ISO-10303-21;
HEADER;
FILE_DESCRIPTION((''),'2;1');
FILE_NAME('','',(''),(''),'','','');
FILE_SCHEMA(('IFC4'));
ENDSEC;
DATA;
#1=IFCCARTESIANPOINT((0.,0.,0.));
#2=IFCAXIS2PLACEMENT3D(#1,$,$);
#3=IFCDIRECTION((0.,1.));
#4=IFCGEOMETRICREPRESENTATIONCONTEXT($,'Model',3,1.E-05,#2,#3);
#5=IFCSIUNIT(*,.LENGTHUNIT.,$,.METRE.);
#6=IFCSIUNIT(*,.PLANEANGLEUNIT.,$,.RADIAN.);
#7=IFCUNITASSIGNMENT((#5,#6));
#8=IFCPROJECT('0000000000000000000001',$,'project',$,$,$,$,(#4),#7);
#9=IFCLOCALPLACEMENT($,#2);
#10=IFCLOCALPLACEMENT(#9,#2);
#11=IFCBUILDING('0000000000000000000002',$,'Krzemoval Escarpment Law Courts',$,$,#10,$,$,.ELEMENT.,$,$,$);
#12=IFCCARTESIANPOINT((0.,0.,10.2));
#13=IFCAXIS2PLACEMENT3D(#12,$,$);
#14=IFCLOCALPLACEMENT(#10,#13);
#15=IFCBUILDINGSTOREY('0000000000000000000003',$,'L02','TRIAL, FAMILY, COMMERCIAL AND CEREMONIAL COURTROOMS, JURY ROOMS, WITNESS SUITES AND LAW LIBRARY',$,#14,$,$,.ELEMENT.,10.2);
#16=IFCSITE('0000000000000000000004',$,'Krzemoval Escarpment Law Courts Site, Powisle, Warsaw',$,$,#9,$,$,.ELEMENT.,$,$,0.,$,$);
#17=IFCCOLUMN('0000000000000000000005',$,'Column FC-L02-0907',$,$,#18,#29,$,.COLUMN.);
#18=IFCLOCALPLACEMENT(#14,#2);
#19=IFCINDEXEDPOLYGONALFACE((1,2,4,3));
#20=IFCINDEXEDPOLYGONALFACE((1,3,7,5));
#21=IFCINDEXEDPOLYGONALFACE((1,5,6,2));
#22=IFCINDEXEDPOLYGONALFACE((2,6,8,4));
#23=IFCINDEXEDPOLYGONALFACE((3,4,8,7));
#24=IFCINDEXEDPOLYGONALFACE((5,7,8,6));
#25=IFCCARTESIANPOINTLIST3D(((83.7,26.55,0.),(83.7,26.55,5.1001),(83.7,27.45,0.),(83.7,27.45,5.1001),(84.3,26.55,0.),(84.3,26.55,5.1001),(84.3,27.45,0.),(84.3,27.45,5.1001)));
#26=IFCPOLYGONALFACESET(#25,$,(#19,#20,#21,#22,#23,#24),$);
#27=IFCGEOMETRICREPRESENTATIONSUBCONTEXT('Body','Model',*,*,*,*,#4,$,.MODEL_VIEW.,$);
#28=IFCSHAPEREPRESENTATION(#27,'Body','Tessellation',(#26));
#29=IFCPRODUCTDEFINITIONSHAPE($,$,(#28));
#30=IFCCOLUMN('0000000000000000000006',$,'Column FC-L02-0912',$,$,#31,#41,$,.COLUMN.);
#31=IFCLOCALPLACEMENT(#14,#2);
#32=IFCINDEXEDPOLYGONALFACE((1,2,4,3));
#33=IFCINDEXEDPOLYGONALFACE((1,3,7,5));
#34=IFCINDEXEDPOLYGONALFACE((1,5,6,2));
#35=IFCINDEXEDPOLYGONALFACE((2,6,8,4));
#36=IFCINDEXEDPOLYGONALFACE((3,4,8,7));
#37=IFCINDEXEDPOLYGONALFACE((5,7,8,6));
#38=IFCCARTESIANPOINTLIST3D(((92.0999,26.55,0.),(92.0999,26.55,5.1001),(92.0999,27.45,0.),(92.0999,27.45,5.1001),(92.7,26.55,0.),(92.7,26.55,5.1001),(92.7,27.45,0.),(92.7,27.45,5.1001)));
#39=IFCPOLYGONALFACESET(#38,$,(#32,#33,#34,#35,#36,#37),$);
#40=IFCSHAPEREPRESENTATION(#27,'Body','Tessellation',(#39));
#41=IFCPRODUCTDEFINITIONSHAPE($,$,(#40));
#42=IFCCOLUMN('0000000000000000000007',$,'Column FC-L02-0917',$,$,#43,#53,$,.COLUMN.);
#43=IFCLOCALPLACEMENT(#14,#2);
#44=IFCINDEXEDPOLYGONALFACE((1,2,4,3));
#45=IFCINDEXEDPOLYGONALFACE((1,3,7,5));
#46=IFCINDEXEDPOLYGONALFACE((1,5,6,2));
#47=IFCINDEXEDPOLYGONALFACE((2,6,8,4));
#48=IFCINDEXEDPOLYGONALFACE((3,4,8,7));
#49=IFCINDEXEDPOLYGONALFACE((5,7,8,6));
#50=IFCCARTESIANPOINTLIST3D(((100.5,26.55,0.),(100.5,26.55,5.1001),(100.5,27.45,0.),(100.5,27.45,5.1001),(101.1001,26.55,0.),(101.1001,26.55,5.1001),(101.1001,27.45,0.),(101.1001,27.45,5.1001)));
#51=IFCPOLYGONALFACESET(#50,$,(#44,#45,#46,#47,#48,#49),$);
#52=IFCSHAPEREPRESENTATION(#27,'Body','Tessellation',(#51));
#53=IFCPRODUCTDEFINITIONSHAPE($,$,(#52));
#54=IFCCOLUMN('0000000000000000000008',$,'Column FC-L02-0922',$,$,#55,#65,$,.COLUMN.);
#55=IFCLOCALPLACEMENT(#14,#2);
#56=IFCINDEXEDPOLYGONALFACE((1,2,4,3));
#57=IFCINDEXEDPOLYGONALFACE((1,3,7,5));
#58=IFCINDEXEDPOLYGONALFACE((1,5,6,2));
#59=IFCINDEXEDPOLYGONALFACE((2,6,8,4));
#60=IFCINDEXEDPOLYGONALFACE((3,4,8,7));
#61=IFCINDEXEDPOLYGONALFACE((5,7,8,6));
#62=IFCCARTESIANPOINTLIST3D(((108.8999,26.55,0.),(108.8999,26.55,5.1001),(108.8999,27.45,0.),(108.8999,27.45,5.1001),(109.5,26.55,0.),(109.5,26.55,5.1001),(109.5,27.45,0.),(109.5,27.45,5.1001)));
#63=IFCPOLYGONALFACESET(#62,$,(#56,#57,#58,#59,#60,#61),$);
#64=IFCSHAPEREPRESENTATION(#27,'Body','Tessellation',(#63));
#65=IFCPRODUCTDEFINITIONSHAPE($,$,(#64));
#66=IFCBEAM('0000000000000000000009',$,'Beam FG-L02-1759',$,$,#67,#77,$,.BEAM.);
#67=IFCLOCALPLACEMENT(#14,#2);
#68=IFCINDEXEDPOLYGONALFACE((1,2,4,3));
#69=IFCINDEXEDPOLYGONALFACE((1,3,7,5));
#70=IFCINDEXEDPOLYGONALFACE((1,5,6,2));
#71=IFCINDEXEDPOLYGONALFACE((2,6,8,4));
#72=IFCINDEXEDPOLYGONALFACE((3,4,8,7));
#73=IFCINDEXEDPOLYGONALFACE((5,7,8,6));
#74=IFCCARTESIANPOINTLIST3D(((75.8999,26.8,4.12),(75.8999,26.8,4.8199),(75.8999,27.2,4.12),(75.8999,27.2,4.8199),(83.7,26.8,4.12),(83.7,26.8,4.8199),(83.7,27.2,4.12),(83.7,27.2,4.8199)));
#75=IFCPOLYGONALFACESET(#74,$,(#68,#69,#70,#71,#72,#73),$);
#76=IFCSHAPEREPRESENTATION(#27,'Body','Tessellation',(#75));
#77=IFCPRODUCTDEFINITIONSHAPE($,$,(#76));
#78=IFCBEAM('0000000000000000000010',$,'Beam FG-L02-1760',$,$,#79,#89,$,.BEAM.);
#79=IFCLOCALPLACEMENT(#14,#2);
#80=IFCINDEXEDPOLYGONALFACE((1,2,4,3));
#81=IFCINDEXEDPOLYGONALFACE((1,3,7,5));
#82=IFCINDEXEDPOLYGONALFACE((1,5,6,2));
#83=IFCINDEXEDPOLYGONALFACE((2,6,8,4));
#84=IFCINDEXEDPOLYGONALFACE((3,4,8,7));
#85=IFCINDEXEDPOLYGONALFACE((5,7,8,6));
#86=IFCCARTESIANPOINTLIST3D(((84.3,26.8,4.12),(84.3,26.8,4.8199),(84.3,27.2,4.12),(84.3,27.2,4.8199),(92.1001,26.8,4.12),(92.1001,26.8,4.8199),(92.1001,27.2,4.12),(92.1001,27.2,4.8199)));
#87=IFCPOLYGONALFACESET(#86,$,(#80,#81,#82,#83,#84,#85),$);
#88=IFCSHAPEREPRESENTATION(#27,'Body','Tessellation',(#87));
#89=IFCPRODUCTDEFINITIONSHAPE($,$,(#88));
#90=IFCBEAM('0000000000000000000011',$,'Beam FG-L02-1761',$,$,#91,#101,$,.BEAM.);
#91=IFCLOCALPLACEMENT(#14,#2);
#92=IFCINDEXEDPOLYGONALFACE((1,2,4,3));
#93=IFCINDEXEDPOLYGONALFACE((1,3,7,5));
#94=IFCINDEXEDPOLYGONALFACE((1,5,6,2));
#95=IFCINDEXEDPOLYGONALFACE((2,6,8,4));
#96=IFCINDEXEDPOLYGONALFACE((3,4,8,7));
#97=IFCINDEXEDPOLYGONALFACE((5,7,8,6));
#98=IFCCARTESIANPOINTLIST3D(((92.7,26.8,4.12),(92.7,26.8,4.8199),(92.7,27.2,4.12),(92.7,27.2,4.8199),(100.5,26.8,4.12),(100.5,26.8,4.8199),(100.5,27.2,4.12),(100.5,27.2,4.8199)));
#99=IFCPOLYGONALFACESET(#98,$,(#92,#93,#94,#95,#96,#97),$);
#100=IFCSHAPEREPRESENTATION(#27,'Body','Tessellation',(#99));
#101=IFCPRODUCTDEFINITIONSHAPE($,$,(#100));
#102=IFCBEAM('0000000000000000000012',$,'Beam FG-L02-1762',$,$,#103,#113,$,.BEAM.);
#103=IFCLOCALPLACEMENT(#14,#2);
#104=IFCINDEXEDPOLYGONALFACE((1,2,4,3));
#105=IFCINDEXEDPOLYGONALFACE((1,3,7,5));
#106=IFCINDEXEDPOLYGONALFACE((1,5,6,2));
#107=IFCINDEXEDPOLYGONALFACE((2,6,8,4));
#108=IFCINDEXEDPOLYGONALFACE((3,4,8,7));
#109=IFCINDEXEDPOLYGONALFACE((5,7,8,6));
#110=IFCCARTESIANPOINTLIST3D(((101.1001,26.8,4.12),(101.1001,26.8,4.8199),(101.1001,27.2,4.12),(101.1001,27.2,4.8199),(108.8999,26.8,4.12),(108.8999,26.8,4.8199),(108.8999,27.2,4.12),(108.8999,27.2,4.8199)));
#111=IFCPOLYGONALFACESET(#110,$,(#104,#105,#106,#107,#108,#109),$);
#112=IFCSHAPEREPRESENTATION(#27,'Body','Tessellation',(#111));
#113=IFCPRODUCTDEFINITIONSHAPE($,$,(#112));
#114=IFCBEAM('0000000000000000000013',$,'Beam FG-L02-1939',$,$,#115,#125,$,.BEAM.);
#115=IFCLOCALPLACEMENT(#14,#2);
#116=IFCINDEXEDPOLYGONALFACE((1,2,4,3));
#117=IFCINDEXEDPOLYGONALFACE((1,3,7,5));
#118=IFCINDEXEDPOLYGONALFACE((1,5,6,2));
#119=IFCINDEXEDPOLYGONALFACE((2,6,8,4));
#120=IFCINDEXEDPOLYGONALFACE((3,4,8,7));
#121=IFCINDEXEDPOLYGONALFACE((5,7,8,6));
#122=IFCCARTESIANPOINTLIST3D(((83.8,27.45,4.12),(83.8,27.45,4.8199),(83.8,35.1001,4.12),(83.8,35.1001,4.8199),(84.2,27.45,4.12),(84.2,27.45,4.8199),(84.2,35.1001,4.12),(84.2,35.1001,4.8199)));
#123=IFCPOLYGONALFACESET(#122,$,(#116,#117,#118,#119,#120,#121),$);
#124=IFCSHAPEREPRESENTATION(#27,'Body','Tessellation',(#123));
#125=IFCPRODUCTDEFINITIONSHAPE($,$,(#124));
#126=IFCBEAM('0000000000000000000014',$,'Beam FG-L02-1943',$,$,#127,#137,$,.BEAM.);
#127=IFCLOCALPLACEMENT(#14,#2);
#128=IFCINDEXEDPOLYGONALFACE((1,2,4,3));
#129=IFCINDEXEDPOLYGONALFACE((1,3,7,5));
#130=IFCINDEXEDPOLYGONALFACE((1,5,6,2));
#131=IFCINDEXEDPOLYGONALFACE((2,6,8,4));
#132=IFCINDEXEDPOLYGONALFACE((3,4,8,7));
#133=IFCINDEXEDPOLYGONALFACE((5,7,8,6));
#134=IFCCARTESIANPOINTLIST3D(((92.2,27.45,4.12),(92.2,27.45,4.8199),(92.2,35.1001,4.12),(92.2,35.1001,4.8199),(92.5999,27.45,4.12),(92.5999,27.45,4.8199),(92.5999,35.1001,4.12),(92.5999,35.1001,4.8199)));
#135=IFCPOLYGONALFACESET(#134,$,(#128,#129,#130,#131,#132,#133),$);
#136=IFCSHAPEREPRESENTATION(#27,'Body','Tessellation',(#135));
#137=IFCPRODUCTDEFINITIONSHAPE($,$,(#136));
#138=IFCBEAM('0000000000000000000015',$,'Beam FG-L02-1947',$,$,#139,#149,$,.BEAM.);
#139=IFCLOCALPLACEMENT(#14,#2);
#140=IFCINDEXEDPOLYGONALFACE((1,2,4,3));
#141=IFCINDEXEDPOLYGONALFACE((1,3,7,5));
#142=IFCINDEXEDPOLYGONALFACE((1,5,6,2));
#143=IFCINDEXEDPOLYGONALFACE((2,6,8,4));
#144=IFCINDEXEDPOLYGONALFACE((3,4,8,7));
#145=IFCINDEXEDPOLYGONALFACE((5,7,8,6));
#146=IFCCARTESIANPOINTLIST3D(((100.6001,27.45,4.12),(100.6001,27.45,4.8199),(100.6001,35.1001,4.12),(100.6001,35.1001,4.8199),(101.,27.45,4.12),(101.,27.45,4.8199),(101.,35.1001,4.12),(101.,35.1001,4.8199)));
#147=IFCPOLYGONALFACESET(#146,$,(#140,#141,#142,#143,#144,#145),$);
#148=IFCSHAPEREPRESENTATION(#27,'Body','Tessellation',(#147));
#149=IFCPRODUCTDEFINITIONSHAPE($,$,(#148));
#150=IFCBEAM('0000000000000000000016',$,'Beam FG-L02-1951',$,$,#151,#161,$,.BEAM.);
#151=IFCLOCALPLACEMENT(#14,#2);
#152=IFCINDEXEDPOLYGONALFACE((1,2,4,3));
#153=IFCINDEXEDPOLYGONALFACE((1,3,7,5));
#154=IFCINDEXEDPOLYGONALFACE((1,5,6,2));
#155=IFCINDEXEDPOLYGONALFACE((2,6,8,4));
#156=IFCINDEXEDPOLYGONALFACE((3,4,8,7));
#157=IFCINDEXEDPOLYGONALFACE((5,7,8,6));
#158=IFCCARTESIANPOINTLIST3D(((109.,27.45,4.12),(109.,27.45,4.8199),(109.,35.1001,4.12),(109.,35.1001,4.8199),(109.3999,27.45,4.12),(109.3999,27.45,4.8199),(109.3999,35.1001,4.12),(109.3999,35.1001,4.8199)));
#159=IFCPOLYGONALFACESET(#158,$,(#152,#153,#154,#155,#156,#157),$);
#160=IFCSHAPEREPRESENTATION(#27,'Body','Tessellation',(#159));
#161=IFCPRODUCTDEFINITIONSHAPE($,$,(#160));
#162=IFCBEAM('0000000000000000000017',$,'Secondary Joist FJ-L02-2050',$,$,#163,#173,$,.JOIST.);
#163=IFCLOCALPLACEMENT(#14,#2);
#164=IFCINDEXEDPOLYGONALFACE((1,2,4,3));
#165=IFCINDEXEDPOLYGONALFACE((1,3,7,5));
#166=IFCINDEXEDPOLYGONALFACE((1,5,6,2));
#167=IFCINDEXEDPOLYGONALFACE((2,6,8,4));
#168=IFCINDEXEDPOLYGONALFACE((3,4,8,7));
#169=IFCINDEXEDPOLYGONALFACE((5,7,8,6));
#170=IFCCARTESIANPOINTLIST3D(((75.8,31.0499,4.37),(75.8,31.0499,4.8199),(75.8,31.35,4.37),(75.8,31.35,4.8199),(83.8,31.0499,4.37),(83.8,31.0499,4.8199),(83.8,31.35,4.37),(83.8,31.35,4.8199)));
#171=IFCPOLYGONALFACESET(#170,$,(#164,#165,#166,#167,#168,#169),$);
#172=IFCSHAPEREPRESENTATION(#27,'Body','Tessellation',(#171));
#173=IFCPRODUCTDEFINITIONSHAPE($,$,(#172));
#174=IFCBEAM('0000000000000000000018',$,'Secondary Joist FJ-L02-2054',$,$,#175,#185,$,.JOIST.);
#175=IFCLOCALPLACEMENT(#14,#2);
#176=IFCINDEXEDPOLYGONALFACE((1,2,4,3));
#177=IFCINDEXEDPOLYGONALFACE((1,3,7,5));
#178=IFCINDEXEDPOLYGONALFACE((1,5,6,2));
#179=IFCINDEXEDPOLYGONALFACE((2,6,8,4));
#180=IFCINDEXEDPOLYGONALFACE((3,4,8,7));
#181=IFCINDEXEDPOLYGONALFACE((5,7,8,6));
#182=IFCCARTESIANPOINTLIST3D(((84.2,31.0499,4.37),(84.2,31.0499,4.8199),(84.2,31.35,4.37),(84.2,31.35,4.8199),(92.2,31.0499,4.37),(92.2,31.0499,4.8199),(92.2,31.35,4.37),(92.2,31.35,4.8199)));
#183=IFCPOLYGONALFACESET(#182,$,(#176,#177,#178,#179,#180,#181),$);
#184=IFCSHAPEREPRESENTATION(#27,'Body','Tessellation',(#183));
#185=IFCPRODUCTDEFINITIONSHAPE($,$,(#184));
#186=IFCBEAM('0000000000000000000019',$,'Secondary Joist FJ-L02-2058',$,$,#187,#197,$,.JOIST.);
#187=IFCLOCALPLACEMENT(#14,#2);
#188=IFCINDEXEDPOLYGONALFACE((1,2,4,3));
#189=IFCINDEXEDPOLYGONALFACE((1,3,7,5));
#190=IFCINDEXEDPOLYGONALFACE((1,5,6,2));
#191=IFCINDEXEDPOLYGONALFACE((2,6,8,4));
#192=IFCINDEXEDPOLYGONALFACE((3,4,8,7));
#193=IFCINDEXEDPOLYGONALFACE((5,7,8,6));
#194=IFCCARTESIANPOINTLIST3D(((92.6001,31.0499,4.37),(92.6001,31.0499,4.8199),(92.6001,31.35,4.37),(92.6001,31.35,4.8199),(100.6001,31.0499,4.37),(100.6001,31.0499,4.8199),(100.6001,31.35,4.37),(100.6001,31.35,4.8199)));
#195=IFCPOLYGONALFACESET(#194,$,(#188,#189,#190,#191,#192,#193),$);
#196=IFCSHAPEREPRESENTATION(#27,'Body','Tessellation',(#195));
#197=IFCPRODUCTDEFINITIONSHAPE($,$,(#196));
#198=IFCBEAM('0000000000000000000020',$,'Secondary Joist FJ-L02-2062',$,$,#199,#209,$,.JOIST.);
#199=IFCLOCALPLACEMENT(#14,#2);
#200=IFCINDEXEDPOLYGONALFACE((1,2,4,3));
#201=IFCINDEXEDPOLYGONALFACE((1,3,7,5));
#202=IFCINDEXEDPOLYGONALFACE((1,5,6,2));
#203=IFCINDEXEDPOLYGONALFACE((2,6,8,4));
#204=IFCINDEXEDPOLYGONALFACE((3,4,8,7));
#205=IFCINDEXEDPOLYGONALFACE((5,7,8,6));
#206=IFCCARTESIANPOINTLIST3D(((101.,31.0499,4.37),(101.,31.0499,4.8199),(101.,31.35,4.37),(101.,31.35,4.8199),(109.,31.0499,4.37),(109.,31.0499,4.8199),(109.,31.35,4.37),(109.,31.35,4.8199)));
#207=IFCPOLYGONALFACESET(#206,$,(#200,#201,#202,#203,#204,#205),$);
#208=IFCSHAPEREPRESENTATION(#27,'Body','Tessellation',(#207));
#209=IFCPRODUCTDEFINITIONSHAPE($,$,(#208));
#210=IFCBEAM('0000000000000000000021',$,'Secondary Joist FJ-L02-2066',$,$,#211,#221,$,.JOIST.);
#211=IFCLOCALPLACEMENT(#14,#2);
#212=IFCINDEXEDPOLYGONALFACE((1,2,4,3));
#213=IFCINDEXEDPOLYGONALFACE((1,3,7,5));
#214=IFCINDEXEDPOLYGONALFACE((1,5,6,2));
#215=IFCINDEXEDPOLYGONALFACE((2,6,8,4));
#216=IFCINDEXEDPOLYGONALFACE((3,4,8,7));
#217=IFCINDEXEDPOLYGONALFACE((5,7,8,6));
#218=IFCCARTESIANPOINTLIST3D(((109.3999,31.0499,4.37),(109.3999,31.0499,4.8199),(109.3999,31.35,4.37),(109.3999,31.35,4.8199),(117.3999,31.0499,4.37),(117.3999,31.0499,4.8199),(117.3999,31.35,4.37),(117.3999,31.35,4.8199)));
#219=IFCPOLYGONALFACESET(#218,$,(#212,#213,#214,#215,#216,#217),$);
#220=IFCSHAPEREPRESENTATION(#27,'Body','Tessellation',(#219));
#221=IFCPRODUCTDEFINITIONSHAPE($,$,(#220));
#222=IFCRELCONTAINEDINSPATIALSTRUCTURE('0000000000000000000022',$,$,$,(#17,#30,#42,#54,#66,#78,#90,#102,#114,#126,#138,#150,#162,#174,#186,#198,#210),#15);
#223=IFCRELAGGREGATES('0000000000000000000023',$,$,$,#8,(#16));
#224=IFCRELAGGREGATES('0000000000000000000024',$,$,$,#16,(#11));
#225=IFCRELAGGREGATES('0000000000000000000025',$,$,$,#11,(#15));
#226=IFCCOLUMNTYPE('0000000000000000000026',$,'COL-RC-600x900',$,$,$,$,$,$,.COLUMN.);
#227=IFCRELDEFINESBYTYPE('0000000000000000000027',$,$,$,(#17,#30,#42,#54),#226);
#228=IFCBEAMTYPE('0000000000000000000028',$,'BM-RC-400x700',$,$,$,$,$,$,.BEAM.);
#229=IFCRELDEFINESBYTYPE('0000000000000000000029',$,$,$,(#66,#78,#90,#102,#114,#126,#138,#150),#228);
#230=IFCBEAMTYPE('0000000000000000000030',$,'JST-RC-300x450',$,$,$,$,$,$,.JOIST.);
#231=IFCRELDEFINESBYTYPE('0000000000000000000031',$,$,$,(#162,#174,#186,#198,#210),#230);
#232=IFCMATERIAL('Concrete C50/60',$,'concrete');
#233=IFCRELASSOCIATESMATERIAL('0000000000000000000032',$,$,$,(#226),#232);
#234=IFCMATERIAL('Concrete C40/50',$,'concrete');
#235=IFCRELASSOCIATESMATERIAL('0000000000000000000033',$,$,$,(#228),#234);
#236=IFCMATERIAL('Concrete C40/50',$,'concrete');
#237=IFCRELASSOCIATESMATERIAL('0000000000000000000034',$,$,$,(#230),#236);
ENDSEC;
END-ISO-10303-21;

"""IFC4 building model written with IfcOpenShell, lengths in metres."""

from ifc_helpers import new_model, si_unit, direction, frame, origin, origin_2d, place, context, subcontext, project, spatial, rectangle, extrude, material, material_profile, profile_set, type_object, element, save


model = new_model("IFC4")

# Units and contexts
model_context = context("Model", 3, precision=1e-05, world=origin(), true_north=direction((0.0, 1.0)))
body_context = subcontext(model_context, "Body", "Model", "MODEL_VIEW")
ifc_project = project(units=[si_unit("LENGTHUNIT", "METRE"), si_unit("PLANEANGLEUNIT", "RADIAN")], contexts=[model_context])

# Site, building, storey
site_placement = place(None, origin())
site = spatial("IfcSite", under=ifc_project, at=site_placement, Name="Krzemoval Escarpment Law Courts Site, Powisle, Warsaw", CompositionType="ELEMENT", RefElevation=0.0)
building_placement = place(site_placement, origin())
building = spatial("IfcBuilding", under=site, at=building_placement, Name="Krzemoval Escarpment Law Courts", CompositionType="ELEMENT")
storey_placement = place(building_placement, frame((0.0, 0.0, 10.2)))
storey = spatial("IfcBuildingStorey", under=building, at=storey_placement, Name="L02", Description="TRIAL, FAMILY, COMMERCIAL AND CEREMONIAL COURTROOMS, JURY ROOMS, WITNESS SUITES AND LAW LIBRARY", CompositionType="ELEMENT", Elevation=10.2)

# Columns
ifc_material_1 = material(Name="Concrete C50/60", Category="concrete")
ifc_material_profile_1 = material_profile(ifc_material_1, rectangle(XDim=0.6001, YDim=0.8999, at=origin_2d()), Name="RC 600x900")
ifc_profile_set_1 = profile_set([ifc_material_profile_1], Name="Concrete C50/60")
column_type = type_object("IfcColumnType", Name="COL-RC-600x900", PredefinedType="COLUMN", material=ifc_profile_set_1)
for number, where, z_axis, x_axis, name in (
    (1, (84.0, 27.0, 0.0), (0.0, 0.0, 1.0), (1.0, 0.0, 0.0), "Column FC-L02-0907"),
    (2, (92.3999, 27.0, 0.0), (0.0, 0.0, 1.0), (1.0, 0.0, 0.0), "Column FC-L02-0912"),
    (3, (100.8, 27.0, 0.0), (0.0, 0.0, 1.0), (1.0, 0.0, 0.0), "Column FC-L02-0917"),
    (4, (109.2, 27.0, 0.0), (0.0, 0.0, 1.0), (1.0, 0.0, 0.0), "Column FC-L02-0922"),
):
    element("IfcColumn", number, at=place(storey_placement, frame(where, z_axis=z_axis, x_axis=x_axis)), inside=storey, type_object=column_type, Name=name, PredefinedType="COLUMN", context=body_context, shape_type="SweptSolid", body=[
        extrude(rectangle(XDim=0.6001, YDim=0.8999, at=origin_2d()), origin(), (0.0, 0.0, 1.0), 5.1001),
    ])

# Beams
ifc_material_2 = material(Name="Concrete C40/50", Category="concrete")
ifc_material_profile_2 = material_profile(ifc_material_2, rectangle(XDim=0.3999, YDim=0.7, at=origin_2d()), Name="RCB 400x700")
ifc_profile_set_2 = profile_set([ifc_material_profile_2], Name="Concrete C40/50")
beam_type_1 = type_object("IfcBeamType", Name="BM-RC-400x700", PredefinedType="BEAM", material=ifc_profile_set_2)
for number, where, z_axis, x_axis, name in (
    (5, (75.8999, 27.0, 4.47), (1.0, 0.0, 0.0), (0.0, 1.0, 0.0), "Beam FG-L02-1759"),
    (6, (84.3, 27.0, 4.47), (1.0, 0.0, 0.0), (0.0, 1.0, 0.0), "Beam FG-L02-1760"),
    (7, (92.7, 27.0, 4.47), (1.0, 0.0, 0.0), (0.0, 1.0, 0.0), "Beam FG-L02-1761"),
):
    element("IfcBeam", number, at=place(storey_placement, frame(where, z_axis=z_axis, x_axis=x_axis)), inside=storey, type_object=beam_type_1, Name=name, PredefinedType="BEAM", context=body_context, shape_type="SweptSolid", body=[
        extrude(rectangle(XDim=0.3999, YDim=0.7, at=origin_2d()), origin(), (0.0, 0.0, 1.0), 7.8),
    ])
beam_placement = place(storey_placement, frame((101.1001, 27.0, 4.47), z_axis=(1.0, 0.0, 0.0), x_axis=(0.0, 1.0, 0.0)))
element("IfcBeam", 8, at=beam_placement, inside=storey, type_object=beam_type_1, Name="Beam FG-L02-1762", PredefinedType="BEAM", context=body_context, shape_type="SweptSolid", body=[
    extrude(rectangle(XDim=0.3999, YDim=0.7, at=origin_2d()), origin(), (0.0, 0.0, 1.0), 7.7998),
])
for number, where, z_axis, x_axis, name in (
    (9, (84.0, 27.45, 4.47), (0.0, 1.0, 0.0), (-1.0, 0.0, 0.0), "Beam FG-L02-1939"),
    (10, (92.3999, 27.45, 4.47), (0.0, 1.0, 0.0), (-1.0, 0.0, 0.0), "Beam FG-L02-1943"),
    (11, (100.8, 27.45, 4.47), (0.0, 1.0, 0.0), (-1.0, 0.0, 0.0), "Beam FG-L02-1947"),
    (12, (109.2, 27.45, 4.47), (0.0, 1.0, 0.0), (-1.0, 0.0, 0.0), "Beam FG-L02-1951"),
):
    element("IfcBeam", number, at=place(storey_placement, frame(where, z_axis=z_axis, x_axis=x_axis)), inside=storey, type_object=beam_type_1, Name=name, PredefinedType="BEAM", context=body_context, shape_type="SweptSolid", body=[
        extrude(rectangle(XDim=0.3999, YDim=0.7, at=origin_2d()), origin(), (0.0, 0.0, 1.0), 7.6501),
    ])
ifc_material_3 = material(Name="Concrete C40/50", Category="concrete")
ifc_material_profile_3 = material_profile(ifc_material_3, rectangle(XDim=0.3, YDim=0.45, at=origin_2d()), Name="RCB 300x450")
ifc_profile_set_3 = profile_set([ifc_material_profile_3], Name="Concrete C40/50")
beam_type_2 = type_object("IfcBeamType", Name="JST-RC-300x450", PredefinedType="JOIST", material=ifc_profile_set_3)
for number, where, z_axis, x_axis, name in (
    (13, (75.8, 31.2, 4.595), (1.0, 0.0, 0.0), (0.0, 1.0, 0.0), "Secondary Joist FJ-L02-2050"),
    (14, (84.2, 31.2, 4.595), (1.0, 0.0, 0.0), (0.0, 1.0, 0.0), "Secondary Joist FJ-L02-2054"),
    (15, (92.6001, 31.2, 4.595), (1.0, 0.0, 0.0), (0.0, 1.0, 0.0), "Secondary Joist FJ-L02-2058"),
    (16, (101.0, 31.2, 4.595), (1.0, 0.0, 0.0), (0.0, 1.0, 0.0), "Secondary Joist FJ-L02-2062"),
    (17, (109.3999, 31.2, 4.595), (1.0, 0.0, 0.0), (0.0, 1.0, 0.0), "Secondary Joist FJ-L02-2066"),
):
    element("IfcBeam", number, at=place(storey_placement, frame(where, z_axis=z_axis, x_axis=x_axis)), inside=storey, type_object=beam_type_2, Name=name, PredefinedType="JOIST", context=body_context, shape_type="SweptSolid", body=[
        extrude(rectangle(XDim=0.3, YDim=0.45, at=origin_2d()), origin(), (0.0, 0.0, 1.0), 8.0),
    ])

save(model, "model.ifc")
